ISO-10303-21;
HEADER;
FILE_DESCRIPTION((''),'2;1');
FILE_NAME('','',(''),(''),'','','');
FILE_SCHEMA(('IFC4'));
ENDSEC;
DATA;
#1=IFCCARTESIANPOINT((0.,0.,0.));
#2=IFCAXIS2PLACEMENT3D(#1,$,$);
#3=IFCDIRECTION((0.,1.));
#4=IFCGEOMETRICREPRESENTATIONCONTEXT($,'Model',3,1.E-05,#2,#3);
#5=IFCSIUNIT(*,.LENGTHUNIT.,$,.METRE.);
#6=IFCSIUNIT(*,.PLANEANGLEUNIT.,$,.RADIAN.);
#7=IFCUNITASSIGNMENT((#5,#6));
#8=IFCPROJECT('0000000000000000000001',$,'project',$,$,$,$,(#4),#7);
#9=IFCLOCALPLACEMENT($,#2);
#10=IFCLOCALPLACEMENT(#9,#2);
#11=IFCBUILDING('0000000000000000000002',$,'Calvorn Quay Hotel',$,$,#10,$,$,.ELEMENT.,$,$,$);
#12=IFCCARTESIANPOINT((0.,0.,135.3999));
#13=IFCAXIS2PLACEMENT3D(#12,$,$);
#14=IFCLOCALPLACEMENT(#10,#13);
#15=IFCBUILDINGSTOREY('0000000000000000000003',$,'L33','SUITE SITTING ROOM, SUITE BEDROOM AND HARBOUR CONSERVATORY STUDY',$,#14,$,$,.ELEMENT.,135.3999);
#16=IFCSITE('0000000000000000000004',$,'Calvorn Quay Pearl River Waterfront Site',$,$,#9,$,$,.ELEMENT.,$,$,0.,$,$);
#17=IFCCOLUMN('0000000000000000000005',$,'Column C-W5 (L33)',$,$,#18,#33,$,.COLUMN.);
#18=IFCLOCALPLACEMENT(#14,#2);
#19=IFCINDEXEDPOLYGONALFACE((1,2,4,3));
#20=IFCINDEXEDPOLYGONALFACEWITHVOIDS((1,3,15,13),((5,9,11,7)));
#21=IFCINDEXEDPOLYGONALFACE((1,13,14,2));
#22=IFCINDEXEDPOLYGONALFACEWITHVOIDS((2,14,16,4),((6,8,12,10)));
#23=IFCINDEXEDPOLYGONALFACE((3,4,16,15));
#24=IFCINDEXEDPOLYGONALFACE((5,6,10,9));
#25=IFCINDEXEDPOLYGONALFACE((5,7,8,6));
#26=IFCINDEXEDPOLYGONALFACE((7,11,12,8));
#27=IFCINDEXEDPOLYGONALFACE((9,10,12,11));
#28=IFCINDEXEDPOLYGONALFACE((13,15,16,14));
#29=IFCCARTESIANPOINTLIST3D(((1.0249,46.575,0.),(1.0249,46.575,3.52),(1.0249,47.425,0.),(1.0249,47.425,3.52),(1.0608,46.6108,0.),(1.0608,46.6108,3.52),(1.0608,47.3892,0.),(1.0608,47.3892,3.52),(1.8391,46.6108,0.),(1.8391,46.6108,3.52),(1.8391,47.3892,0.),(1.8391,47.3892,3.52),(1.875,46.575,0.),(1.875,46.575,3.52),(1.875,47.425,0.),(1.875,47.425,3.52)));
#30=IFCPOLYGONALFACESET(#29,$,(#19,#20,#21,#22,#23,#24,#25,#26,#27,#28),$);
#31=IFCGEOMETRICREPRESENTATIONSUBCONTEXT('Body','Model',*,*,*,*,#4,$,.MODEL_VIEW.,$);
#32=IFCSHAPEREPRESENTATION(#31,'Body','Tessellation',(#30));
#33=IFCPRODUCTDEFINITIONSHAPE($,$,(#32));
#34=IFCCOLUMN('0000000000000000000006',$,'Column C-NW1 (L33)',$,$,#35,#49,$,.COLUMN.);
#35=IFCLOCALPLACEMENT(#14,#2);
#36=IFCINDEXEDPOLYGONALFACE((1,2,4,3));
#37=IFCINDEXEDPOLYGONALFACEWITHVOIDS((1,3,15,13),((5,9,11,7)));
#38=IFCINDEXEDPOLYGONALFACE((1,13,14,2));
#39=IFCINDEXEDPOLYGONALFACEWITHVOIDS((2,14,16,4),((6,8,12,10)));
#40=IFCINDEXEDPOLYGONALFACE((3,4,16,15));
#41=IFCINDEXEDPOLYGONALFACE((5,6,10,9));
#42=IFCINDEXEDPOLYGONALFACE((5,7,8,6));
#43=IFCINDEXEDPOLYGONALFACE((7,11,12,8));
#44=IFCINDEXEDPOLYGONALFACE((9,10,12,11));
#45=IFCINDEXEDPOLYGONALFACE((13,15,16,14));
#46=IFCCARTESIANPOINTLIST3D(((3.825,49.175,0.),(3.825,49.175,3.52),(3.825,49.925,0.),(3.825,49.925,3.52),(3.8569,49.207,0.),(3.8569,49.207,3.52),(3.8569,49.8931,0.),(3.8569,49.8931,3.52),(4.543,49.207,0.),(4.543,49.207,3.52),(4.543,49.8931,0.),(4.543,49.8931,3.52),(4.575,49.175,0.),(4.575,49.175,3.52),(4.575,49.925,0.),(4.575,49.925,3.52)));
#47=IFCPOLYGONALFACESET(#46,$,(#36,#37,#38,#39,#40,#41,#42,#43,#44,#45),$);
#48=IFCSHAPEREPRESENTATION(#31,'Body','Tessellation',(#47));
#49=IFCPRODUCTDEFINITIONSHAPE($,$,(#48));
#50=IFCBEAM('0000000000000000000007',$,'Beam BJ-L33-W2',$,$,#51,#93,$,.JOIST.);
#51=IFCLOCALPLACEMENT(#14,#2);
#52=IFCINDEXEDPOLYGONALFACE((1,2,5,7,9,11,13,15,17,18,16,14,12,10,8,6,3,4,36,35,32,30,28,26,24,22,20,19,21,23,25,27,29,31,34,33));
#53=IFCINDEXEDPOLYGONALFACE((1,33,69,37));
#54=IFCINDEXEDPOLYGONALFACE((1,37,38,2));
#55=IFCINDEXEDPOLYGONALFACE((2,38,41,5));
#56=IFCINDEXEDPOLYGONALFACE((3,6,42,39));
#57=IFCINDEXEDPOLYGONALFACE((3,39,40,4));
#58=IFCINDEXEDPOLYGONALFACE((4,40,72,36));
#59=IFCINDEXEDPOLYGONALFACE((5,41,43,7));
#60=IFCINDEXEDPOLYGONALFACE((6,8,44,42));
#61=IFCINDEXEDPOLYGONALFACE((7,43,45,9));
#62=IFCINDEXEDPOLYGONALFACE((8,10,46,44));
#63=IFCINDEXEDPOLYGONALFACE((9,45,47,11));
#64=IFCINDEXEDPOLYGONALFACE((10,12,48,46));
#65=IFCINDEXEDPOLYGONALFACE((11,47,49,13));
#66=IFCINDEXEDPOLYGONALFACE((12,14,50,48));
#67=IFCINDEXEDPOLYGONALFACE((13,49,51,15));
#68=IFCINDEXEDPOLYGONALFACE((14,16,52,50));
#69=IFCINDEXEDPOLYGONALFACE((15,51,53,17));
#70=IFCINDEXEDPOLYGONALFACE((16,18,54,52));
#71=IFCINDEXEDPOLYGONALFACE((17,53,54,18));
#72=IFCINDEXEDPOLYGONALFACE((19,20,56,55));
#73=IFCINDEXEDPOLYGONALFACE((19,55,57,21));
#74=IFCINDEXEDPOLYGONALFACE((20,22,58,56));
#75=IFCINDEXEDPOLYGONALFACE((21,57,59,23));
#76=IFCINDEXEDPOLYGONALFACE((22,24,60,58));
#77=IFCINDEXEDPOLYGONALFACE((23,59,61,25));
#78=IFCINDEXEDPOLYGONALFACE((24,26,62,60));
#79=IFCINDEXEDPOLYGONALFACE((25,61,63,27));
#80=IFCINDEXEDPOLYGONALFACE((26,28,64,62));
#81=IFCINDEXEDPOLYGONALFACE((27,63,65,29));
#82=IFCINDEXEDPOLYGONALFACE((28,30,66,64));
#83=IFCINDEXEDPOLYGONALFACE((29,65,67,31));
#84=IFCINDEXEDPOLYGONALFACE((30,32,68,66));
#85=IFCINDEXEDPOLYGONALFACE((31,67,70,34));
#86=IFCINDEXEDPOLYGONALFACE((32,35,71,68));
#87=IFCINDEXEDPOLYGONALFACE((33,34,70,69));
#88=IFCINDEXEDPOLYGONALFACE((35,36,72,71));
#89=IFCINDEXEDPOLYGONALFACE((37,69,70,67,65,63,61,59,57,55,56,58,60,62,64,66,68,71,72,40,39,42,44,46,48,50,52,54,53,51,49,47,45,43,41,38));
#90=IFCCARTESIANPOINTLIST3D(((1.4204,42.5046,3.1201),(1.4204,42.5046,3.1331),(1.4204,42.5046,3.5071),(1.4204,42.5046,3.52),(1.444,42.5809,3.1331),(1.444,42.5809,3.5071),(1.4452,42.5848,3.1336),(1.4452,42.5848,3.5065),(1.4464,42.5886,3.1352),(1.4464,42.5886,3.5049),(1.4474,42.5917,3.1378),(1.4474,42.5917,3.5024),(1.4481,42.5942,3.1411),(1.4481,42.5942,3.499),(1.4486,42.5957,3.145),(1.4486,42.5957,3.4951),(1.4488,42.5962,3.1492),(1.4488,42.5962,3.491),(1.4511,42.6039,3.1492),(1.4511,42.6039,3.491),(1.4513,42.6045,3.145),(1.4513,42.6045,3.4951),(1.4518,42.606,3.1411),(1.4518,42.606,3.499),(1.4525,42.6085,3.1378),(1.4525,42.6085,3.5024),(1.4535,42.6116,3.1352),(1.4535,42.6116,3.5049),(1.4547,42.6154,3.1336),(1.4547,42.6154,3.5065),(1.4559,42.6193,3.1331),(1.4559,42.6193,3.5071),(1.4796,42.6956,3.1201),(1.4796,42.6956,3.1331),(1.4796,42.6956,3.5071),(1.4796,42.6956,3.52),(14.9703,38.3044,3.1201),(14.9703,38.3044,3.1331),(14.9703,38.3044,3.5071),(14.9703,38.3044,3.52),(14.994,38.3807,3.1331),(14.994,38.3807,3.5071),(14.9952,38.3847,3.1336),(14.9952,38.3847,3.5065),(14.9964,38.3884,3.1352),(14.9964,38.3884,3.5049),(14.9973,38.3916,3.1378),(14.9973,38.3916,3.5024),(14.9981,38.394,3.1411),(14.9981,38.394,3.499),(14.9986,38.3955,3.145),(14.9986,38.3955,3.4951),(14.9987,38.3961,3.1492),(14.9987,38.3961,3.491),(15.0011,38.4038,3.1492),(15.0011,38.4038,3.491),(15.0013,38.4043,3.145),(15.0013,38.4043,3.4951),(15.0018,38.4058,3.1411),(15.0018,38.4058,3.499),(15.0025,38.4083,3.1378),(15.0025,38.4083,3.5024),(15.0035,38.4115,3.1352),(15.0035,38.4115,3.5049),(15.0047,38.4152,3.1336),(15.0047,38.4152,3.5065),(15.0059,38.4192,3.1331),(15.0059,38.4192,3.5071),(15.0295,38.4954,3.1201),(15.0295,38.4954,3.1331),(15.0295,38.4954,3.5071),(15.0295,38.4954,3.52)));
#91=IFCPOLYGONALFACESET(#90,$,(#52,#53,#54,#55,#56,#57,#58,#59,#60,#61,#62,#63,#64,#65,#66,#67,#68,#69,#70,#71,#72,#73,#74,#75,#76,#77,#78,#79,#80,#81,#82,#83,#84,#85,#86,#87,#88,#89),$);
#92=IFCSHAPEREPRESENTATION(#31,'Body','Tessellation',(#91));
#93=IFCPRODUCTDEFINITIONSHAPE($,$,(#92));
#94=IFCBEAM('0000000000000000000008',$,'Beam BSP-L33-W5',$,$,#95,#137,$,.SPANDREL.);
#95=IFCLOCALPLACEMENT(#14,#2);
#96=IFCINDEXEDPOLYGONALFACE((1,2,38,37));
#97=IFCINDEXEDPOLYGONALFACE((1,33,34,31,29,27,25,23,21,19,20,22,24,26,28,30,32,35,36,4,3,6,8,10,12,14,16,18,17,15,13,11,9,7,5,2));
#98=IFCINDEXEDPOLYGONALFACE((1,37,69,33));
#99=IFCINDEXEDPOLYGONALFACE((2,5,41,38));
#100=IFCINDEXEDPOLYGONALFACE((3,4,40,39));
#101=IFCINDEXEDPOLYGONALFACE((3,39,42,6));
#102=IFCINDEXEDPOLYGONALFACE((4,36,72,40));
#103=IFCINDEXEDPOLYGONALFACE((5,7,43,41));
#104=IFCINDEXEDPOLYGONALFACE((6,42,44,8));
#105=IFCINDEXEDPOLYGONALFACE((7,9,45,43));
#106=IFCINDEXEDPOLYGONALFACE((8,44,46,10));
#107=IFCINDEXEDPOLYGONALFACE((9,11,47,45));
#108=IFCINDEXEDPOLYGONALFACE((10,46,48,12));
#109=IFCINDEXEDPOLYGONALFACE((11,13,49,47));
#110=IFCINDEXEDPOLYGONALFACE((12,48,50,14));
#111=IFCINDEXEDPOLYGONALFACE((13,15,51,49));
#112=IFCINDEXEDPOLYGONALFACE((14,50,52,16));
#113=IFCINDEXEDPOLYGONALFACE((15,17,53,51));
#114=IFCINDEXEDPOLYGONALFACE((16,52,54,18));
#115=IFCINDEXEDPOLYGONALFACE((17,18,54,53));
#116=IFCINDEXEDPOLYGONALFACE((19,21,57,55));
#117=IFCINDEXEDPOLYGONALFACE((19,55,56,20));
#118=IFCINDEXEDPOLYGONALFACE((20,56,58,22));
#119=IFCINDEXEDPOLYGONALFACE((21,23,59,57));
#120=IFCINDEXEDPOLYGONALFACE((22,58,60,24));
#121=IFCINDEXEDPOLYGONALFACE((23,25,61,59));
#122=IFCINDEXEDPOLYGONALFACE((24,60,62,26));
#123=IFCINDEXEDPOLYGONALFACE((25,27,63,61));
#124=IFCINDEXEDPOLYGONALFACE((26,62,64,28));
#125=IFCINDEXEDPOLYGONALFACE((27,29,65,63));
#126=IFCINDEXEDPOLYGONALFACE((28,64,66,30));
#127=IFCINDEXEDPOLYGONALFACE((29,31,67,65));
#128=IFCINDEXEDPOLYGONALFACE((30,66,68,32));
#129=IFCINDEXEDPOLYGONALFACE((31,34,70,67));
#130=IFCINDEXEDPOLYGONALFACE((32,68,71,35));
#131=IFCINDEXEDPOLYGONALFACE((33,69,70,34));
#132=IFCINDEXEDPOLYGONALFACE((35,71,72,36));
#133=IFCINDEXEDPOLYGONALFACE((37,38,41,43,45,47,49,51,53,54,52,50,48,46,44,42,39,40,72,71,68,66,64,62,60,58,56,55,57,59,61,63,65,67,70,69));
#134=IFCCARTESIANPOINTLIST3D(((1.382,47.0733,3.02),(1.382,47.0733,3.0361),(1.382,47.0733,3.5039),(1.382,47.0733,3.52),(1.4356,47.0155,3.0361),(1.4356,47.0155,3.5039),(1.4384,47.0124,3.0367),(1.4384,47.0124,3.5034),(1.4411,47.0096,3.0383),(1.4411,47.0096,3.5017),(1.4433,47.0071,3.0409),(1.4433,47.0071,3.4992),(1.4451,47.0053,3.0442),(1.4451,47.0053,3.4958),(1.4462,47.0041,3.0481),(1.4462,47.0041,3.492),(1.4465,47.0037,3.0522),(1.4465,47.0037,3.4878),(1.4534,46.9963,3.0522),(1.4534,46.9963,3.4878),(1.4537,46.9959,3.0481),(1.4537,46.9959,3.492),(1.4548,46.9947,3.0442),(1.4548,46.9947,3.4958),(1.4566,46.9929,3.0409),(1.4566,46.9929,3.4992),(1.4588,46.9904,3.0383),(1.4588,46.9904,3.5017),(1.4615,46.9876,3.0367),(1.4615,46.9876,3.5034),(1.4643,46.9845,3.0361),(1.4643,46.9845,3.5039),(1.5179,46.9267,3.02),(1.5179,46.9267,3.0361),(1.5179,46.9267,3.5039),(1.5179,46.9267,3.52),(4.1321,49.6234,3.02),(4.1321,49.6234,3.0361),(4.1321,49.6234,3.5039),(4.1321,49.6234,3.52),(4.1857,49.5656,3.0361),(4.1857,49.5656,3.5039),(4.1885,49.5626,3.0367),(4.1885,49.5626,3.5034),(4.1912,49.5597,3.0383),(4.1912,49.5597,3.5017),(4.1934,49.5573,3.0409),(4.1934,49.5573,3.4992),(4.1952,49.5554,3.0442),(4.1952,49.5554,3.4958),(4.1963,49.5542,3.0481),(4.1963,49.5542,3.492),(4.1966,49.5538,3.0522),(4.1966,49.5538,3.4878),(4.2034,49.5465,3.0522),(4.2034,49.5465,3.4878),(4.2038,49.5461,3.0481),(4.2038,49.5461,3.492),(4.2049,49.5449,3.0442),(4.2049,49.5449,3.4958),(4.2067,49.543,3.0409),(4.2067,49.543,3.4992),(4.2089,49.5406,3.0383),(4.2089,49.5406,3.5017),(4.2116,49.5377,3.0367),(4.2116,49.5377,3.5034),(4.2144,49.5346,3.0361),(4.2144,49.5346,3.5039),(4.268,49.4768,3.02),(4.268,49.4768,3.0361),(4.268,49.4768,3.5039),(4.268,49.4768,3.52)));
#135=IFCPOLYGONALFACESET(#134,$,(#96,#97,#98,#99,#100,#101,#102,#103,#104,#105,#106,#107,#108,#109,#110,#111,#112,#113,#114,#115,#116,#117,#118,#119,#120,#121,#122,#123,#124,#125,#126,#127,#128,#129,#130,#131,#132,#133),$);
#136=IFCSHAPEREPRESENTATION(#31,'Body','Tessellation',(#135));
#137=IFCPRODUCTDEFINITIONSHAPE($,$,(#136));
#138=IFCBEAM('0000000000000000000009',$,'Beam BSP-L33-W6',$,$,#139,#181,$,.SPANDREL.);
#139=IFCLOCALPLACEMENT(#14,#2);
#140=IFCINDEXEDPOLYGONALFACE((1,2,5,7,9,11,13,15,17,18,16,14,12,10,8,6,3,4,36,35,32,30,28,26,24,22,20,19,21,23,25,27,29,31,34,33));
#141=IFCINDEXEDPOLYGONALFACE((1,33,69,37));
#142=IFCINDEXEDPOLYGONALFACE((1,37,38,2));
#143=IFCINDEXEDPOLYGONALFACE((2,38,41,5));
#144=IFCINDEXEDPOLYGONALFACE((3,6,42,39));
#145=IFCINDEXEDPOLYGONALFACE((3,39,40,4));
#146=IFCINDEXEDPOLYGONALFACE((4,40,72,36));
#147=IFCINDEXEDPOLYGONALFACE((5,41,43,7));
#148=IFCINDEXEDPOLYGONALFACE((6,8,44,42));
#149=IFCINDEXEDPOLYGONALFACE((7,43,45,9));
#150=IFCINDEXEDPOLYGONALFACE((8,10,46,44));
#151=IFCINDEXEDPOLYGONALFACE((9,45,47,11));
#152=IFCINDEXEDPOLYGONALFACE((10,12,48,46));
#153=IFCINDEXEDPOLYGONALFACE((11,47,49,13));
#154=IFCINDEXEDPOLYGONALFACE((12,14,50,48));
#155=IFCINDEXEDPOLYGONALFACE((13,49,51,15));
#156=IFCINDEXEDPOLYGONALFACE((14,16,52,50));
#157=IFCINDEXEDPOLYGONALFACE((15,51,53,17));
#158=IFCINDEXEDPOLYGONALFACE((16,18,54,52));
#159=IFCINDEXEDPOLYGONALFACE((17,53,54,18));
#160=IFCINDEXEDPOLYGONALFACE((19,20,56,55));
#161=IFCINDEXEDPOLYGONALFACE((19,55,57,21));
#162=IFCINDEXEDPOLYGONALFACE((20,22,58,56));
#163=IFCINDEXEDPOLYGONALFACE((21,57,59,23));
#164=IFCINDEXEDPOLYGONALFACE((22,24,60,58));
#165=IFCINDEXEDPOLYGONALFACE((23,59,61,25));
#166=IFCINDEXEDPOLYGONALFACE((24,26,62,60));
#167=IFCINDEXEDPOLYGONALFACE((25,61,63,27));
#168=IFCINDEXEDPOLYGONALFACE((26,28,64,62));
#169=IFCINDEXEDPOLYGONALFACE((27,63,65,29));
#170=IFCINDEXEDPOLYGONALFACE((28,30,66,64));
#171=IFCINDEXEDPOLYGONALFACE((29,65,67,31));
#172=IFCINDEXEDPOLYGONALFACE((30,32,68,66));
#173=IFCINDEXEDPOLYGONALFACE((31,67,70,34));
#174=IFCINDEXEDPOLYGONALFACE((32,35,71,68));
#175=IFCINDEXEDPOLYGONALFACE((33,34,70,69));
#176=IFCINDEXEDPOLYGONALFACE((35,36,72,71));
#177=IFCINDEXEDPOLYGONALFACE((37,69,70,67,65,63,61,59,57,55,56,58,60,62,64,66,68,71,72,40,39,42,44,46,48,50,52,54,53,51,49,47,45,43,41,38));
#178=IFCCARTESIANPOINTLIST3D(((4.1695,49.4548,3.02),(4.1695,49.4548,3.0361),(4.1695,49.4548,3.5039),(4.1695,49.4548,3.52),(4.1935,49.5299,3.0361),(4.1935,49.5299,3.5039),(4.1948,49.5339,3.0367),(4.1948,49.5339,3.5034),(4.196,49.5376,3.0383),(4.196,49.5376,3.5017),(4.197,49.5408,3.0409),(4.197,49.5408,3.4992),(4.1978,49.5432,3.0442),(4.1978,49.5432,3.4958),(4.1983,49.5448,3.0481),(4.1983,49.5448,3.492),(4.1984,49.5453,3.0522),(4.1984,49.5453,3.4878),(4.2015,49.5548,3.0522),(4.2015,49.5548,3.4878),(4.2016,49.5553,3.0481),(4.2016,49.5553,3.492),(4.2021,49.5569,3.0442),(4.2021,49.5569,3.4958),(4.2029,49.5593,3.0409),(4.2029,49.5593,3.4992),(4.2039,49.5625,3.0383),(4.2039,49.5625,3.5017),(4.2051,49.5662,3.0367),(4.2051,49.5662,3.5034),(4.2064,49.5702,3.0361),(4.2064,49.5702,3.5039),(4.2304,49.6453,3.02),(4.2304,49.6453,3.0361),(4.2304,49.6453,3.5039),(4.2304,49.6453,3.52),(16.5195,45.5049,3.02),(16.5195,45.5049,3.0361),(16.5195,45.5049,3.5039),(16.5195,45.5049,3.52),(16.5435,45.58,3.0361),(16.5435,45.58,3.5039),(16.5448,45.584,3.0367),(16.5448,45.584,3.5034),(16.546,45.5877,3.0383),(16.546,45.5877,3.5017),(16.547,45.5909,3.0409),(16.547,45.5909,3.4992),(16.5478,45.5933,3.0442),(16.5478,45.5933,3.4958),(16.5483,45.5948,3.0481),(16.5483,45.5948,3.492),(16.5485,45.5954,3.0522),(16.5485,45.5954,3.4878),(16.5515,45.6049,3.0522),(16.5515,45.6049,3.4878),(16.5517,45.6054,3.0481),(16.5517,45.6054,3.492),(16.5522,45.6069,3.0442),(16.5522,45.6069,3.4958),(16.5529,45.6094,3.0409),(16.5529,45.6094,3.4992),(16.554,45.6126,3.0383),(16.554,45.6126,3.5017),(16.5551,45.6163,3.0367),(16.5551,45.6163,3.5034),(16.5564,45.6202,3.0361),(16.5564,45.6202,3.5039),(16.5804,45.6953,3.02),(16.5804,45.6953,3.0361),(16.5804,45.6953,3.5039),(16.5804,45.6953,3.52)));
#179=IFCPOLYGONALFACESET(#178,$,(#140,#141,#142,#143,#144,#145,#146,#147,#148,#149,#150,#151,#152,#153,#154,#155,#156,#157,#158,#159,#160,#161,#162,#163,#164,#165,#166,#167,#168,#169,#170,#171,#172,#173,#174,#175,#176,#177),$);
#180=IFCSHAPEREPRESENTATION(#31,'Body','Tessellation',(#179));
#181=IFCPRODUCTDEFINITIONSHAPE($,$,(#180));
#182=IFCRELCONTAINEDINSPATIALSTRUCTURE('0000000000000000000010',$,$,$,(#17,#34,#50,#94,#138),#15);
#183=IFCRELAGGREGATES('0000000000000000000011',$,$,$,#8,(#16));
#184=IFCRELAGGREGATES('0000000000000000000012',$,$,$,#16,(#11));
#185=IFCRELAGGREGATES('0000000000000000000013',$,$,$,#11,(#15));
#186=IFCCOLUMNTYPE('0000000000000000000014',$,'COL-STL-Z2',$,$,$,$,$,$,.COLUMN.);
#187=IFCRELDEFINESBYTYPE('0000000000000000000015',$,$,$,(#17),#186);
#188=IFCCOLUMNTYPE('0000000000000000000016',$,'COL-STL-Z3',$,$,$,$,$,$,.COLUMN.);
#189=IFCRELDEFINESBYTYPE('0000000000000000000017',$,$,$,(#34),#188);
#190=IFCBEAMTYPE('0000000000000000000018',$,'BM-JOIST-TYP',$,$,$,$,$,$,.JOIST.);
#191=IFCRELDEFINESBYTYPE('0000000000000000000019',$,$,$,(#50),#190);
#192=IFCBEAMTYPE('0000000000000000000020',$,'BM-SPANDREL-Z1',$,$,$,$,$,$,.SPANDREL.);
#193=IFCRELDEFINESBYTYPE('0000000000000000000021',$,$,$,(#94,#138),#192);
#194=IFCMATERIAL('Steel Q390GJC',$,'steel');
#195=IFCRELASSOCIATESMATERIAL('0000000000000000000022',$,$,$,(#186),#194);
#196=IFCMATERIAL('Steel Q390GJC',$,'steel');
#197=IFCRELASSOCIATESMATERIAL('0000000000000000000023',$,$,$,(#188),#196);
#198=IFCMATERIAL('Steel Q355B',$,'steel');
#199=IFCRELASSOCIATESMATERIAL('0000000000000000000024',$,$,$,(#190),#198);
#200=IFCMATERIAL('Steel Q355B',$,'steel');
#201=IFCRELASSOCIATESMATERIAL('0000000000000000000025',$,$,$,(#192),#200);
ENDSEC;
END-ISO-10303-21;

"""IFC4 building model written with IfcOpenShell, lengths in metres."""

from ifc_helpers import new_model, si_unit, direction, frame, origin, origin_2d, place, context, subcontext, project, spatial, hollow_rectangle, i_section, extrude, material, material_profile, profile_set, type_object, element, save


model = new_model("IFC4")

# Units and contexts
model_context = context("Model", 3, precision=1e-05, world=origin(), true_north=direction((0.0, 1.0)))
body_context = subcontext(model_context, "Body", "Model", "MODEL_VIEW")
ifc_project = project(units=[si_unit("LENGTHUNIT", "METRE"), si_unit("PLANEANGLEUNIT", "RADIAN")], contexts=[model_context])

# Site, building, storey
site_placement = place(None, origin())
site = spatial("IfcSite", under=ifc_project, at=site_placement, Name="Calvorn Quay Pearl River Waterfront Site", CompositionType="ELEMENT", RefElevation=0.0)
building_placement = place(site_placement, origin())
building = spatial("IfcBuilding", under=site, at=building_placement, Name="Calvorn Quay Hotel", CompositionType="ELEMENT")
storey_placement = place(building_placement, frame((0.0, 0.0, 135.3999)))
storey = spatial("IfcBuildingStorey", under=building, at=storey_placement, Name="L33", Description="SUITE SITTING ROOM, SUITE BEDROOM AND HARBOUR CONSERVATORY STUDY", CompositionType="ELEMENT", Elevation=135.3999)

# Columns
ifc_material_1 = material(Name="Steel Q390GJC", Category="steel")
ifc_material_profile_1 = material_profile(ifc_material_1, hollow_rectangle(XDim=0.8501, YDim=0.8501, WallThickness=0.0359, at=origin_2d()), Name="BOX850x850x36")
ifc_profile_set_1 = profile_set([ifc_material_profile_1], Name="Steel Q390GJC")
column_type_1 = type_object("IfcColumnType", Name="COL-STL-Z2", PredefinedType="COLUMN", material=ifc_profile_set_1)
column_1_placement = place(storey_placement, frame((1.45, 47.0, 0.0), z_axis=(0.0, 0.0, 1.0), x_axis=(1.0, 0.0, 0.0)))
element("IfcColumn", 1, at=column_1_placement, inside=storey, type_object=column_type_1, Name="Column C-W5 (L33)", PredefinedType="COLUMN", context=body_context, shape_type="SweptSolid", body=[
    extrude(hollow_rectangle(XDim=0.8501, YDim=0.8501, WallThickness=0.0359, at=origin_2d()), origin(), (0.0, 0.0, 1.0), 3.52),
])
ifc_material_2 = material(Name="Steel Q390GJC", Category="steel")
ifc_material_profile_2 = material_profile(ifc_material_2, hollow_rectangle(XDim=0.75, YDim=0.75, WallThickness=0.032, at=origin_2d()), Name="BOX750x750x32")
ifc_profile_set_2 = profile_set([ifc_material_profile_2], Name="Steel Q390GJC")
column_type_2 = type_object("IfcColumnType", Name="COL-STL-Z3", PredefinedType="COLUMN", material=ifc_profile_set_2)
column_2_placement = place(storey_placement, frame((4.2, 49.55, 0.0), z_axis=(0.0, 0.0, 1.0), x_axis=(1.0, 0.0, 0.0)))
element("IfcColumn", 2, at=column_2_placement, inside=storey, type_object=column_type_2, Name="Column C-NW1 (L33)", PredefinedType="COLUMN", context=body_context, shape_type="SweptSolid", body=[
    extrude(hollow_rectangle(XDim=0.75, YDim=0.75, WallThickness=0.032, at=origin_2d()), origin(), (0.0, 0.0, 1.0), 3.52),
])

# Beams
ifc_material_3 = material(Name="Steel Q355B", Category="steel")
ifc_material_profile_3 = material_profile(ifc_material_3, i_section(OverallWidth=0.2, OverallDepth=0.3999, WebThickness=0.0081, FlangeThickness=0.0129, FilletRadius=0.0161, at=origin_2d()), Name="HN400x200x8x13")
ifc_profile_set_3 = profile_set([ifc_material_profile_3], Name="Steel Q355B")
beam_type_1 = type_object("IfcBeamType", Name="BM-JOIST-TYP", PredefinedType="JOIST", material=ifc_profile_set_3)
beam_1_placement = place(storey_placement, frame((1.45, 42.6001, 3.3201), z_axis=(0.955164, -0.296078, 0.0), x_axis=(0.296078, 0.955164, 0.0)))
element("IfcBeam", 3, at=beam_1_placement, inside=storey, type_object=beam_type_1, Name="Beam BJ-L33-W2", PredefinedType="JOIST", context=body_context, shape_type="SweptSolid", body=[
    extrude(i_section(OverallWidth=0.2, OverallDepth=0.3999, WebThickness=0.0081, FlangeThickness=0.0129, FilletRadius=0.0161, at=origin_2d()), origin(), (0.0, 0.0, 1.0), 14.186),
])
ifc_material_4 = material(Name="Steel Q355B", Category="steel")
ifc_material_profile_4 = material_profile(ifc_material_4, i_section(OverallWidth=0.2, OverallDepth=0.5, WebThickness=0.01, FlangeThickness=0.0161, FilletRadius=0.0161, at=origin_2d()), Name="HN500x200x10x16")
ifc_profile_set_4 = profile_set([ifc_material_profile_4], Name="Steel Q355B")
beam_type_2 = type_object("IfcBeamType", Name="BM-SPANDREL-Z1", PredefinedType="SPANDREL", material=ifc_profile_set_4)
beam_2_placement = place(storey_placement, frame((1.45, 47.0, 3.27), z_axis=(0.733262, 0.679947, 0.0), x_axis=(-0.679947, 0.733262, 0.0)))
element("IfcBeam", 4, at=beam_2_placement, inside=storey, type_object=beam_type_2, Name="Beam BSP-L33-W5", PredefinedType="SPANDREL", context=body_context, shape_type="SweptSolid", body=[
    extrude(i_section(OverallWidth=0.2, OverallDepth=0.5, WebThickness=0.01, FlangeThickness=0.0161, FilletRadius=0.0161, at=origin_2d()), origin(), (0.0, 0.0, 1.0), 3.7505),
])
beam_3_placement = place(storey_placement, frame((4.2, 49.55, 3.27), z_axis=(0.952471, -0.30463, 0.0), x_axis=(0.30463, 0.952471, 0.0)))
element("IfcBeam", 5, at=beam_3_placement, inside=storey, type_object=beam_type_2, Name="Beam BSP-L33-W6", PredefinedType="SPANDREL", context=body_context, shape_type="SweptSolid", body=[
    extrude(i_section(OverallWidth=0.2, OverallDepth=0.5, WebThickness=0.01, FlangeThickness=0.0161, FilletRadius=0.0161, at=origin_2d()), origin(), (0.0, 0.0, 1.0), 12.9663),
])

save(model, "model.ifc")
